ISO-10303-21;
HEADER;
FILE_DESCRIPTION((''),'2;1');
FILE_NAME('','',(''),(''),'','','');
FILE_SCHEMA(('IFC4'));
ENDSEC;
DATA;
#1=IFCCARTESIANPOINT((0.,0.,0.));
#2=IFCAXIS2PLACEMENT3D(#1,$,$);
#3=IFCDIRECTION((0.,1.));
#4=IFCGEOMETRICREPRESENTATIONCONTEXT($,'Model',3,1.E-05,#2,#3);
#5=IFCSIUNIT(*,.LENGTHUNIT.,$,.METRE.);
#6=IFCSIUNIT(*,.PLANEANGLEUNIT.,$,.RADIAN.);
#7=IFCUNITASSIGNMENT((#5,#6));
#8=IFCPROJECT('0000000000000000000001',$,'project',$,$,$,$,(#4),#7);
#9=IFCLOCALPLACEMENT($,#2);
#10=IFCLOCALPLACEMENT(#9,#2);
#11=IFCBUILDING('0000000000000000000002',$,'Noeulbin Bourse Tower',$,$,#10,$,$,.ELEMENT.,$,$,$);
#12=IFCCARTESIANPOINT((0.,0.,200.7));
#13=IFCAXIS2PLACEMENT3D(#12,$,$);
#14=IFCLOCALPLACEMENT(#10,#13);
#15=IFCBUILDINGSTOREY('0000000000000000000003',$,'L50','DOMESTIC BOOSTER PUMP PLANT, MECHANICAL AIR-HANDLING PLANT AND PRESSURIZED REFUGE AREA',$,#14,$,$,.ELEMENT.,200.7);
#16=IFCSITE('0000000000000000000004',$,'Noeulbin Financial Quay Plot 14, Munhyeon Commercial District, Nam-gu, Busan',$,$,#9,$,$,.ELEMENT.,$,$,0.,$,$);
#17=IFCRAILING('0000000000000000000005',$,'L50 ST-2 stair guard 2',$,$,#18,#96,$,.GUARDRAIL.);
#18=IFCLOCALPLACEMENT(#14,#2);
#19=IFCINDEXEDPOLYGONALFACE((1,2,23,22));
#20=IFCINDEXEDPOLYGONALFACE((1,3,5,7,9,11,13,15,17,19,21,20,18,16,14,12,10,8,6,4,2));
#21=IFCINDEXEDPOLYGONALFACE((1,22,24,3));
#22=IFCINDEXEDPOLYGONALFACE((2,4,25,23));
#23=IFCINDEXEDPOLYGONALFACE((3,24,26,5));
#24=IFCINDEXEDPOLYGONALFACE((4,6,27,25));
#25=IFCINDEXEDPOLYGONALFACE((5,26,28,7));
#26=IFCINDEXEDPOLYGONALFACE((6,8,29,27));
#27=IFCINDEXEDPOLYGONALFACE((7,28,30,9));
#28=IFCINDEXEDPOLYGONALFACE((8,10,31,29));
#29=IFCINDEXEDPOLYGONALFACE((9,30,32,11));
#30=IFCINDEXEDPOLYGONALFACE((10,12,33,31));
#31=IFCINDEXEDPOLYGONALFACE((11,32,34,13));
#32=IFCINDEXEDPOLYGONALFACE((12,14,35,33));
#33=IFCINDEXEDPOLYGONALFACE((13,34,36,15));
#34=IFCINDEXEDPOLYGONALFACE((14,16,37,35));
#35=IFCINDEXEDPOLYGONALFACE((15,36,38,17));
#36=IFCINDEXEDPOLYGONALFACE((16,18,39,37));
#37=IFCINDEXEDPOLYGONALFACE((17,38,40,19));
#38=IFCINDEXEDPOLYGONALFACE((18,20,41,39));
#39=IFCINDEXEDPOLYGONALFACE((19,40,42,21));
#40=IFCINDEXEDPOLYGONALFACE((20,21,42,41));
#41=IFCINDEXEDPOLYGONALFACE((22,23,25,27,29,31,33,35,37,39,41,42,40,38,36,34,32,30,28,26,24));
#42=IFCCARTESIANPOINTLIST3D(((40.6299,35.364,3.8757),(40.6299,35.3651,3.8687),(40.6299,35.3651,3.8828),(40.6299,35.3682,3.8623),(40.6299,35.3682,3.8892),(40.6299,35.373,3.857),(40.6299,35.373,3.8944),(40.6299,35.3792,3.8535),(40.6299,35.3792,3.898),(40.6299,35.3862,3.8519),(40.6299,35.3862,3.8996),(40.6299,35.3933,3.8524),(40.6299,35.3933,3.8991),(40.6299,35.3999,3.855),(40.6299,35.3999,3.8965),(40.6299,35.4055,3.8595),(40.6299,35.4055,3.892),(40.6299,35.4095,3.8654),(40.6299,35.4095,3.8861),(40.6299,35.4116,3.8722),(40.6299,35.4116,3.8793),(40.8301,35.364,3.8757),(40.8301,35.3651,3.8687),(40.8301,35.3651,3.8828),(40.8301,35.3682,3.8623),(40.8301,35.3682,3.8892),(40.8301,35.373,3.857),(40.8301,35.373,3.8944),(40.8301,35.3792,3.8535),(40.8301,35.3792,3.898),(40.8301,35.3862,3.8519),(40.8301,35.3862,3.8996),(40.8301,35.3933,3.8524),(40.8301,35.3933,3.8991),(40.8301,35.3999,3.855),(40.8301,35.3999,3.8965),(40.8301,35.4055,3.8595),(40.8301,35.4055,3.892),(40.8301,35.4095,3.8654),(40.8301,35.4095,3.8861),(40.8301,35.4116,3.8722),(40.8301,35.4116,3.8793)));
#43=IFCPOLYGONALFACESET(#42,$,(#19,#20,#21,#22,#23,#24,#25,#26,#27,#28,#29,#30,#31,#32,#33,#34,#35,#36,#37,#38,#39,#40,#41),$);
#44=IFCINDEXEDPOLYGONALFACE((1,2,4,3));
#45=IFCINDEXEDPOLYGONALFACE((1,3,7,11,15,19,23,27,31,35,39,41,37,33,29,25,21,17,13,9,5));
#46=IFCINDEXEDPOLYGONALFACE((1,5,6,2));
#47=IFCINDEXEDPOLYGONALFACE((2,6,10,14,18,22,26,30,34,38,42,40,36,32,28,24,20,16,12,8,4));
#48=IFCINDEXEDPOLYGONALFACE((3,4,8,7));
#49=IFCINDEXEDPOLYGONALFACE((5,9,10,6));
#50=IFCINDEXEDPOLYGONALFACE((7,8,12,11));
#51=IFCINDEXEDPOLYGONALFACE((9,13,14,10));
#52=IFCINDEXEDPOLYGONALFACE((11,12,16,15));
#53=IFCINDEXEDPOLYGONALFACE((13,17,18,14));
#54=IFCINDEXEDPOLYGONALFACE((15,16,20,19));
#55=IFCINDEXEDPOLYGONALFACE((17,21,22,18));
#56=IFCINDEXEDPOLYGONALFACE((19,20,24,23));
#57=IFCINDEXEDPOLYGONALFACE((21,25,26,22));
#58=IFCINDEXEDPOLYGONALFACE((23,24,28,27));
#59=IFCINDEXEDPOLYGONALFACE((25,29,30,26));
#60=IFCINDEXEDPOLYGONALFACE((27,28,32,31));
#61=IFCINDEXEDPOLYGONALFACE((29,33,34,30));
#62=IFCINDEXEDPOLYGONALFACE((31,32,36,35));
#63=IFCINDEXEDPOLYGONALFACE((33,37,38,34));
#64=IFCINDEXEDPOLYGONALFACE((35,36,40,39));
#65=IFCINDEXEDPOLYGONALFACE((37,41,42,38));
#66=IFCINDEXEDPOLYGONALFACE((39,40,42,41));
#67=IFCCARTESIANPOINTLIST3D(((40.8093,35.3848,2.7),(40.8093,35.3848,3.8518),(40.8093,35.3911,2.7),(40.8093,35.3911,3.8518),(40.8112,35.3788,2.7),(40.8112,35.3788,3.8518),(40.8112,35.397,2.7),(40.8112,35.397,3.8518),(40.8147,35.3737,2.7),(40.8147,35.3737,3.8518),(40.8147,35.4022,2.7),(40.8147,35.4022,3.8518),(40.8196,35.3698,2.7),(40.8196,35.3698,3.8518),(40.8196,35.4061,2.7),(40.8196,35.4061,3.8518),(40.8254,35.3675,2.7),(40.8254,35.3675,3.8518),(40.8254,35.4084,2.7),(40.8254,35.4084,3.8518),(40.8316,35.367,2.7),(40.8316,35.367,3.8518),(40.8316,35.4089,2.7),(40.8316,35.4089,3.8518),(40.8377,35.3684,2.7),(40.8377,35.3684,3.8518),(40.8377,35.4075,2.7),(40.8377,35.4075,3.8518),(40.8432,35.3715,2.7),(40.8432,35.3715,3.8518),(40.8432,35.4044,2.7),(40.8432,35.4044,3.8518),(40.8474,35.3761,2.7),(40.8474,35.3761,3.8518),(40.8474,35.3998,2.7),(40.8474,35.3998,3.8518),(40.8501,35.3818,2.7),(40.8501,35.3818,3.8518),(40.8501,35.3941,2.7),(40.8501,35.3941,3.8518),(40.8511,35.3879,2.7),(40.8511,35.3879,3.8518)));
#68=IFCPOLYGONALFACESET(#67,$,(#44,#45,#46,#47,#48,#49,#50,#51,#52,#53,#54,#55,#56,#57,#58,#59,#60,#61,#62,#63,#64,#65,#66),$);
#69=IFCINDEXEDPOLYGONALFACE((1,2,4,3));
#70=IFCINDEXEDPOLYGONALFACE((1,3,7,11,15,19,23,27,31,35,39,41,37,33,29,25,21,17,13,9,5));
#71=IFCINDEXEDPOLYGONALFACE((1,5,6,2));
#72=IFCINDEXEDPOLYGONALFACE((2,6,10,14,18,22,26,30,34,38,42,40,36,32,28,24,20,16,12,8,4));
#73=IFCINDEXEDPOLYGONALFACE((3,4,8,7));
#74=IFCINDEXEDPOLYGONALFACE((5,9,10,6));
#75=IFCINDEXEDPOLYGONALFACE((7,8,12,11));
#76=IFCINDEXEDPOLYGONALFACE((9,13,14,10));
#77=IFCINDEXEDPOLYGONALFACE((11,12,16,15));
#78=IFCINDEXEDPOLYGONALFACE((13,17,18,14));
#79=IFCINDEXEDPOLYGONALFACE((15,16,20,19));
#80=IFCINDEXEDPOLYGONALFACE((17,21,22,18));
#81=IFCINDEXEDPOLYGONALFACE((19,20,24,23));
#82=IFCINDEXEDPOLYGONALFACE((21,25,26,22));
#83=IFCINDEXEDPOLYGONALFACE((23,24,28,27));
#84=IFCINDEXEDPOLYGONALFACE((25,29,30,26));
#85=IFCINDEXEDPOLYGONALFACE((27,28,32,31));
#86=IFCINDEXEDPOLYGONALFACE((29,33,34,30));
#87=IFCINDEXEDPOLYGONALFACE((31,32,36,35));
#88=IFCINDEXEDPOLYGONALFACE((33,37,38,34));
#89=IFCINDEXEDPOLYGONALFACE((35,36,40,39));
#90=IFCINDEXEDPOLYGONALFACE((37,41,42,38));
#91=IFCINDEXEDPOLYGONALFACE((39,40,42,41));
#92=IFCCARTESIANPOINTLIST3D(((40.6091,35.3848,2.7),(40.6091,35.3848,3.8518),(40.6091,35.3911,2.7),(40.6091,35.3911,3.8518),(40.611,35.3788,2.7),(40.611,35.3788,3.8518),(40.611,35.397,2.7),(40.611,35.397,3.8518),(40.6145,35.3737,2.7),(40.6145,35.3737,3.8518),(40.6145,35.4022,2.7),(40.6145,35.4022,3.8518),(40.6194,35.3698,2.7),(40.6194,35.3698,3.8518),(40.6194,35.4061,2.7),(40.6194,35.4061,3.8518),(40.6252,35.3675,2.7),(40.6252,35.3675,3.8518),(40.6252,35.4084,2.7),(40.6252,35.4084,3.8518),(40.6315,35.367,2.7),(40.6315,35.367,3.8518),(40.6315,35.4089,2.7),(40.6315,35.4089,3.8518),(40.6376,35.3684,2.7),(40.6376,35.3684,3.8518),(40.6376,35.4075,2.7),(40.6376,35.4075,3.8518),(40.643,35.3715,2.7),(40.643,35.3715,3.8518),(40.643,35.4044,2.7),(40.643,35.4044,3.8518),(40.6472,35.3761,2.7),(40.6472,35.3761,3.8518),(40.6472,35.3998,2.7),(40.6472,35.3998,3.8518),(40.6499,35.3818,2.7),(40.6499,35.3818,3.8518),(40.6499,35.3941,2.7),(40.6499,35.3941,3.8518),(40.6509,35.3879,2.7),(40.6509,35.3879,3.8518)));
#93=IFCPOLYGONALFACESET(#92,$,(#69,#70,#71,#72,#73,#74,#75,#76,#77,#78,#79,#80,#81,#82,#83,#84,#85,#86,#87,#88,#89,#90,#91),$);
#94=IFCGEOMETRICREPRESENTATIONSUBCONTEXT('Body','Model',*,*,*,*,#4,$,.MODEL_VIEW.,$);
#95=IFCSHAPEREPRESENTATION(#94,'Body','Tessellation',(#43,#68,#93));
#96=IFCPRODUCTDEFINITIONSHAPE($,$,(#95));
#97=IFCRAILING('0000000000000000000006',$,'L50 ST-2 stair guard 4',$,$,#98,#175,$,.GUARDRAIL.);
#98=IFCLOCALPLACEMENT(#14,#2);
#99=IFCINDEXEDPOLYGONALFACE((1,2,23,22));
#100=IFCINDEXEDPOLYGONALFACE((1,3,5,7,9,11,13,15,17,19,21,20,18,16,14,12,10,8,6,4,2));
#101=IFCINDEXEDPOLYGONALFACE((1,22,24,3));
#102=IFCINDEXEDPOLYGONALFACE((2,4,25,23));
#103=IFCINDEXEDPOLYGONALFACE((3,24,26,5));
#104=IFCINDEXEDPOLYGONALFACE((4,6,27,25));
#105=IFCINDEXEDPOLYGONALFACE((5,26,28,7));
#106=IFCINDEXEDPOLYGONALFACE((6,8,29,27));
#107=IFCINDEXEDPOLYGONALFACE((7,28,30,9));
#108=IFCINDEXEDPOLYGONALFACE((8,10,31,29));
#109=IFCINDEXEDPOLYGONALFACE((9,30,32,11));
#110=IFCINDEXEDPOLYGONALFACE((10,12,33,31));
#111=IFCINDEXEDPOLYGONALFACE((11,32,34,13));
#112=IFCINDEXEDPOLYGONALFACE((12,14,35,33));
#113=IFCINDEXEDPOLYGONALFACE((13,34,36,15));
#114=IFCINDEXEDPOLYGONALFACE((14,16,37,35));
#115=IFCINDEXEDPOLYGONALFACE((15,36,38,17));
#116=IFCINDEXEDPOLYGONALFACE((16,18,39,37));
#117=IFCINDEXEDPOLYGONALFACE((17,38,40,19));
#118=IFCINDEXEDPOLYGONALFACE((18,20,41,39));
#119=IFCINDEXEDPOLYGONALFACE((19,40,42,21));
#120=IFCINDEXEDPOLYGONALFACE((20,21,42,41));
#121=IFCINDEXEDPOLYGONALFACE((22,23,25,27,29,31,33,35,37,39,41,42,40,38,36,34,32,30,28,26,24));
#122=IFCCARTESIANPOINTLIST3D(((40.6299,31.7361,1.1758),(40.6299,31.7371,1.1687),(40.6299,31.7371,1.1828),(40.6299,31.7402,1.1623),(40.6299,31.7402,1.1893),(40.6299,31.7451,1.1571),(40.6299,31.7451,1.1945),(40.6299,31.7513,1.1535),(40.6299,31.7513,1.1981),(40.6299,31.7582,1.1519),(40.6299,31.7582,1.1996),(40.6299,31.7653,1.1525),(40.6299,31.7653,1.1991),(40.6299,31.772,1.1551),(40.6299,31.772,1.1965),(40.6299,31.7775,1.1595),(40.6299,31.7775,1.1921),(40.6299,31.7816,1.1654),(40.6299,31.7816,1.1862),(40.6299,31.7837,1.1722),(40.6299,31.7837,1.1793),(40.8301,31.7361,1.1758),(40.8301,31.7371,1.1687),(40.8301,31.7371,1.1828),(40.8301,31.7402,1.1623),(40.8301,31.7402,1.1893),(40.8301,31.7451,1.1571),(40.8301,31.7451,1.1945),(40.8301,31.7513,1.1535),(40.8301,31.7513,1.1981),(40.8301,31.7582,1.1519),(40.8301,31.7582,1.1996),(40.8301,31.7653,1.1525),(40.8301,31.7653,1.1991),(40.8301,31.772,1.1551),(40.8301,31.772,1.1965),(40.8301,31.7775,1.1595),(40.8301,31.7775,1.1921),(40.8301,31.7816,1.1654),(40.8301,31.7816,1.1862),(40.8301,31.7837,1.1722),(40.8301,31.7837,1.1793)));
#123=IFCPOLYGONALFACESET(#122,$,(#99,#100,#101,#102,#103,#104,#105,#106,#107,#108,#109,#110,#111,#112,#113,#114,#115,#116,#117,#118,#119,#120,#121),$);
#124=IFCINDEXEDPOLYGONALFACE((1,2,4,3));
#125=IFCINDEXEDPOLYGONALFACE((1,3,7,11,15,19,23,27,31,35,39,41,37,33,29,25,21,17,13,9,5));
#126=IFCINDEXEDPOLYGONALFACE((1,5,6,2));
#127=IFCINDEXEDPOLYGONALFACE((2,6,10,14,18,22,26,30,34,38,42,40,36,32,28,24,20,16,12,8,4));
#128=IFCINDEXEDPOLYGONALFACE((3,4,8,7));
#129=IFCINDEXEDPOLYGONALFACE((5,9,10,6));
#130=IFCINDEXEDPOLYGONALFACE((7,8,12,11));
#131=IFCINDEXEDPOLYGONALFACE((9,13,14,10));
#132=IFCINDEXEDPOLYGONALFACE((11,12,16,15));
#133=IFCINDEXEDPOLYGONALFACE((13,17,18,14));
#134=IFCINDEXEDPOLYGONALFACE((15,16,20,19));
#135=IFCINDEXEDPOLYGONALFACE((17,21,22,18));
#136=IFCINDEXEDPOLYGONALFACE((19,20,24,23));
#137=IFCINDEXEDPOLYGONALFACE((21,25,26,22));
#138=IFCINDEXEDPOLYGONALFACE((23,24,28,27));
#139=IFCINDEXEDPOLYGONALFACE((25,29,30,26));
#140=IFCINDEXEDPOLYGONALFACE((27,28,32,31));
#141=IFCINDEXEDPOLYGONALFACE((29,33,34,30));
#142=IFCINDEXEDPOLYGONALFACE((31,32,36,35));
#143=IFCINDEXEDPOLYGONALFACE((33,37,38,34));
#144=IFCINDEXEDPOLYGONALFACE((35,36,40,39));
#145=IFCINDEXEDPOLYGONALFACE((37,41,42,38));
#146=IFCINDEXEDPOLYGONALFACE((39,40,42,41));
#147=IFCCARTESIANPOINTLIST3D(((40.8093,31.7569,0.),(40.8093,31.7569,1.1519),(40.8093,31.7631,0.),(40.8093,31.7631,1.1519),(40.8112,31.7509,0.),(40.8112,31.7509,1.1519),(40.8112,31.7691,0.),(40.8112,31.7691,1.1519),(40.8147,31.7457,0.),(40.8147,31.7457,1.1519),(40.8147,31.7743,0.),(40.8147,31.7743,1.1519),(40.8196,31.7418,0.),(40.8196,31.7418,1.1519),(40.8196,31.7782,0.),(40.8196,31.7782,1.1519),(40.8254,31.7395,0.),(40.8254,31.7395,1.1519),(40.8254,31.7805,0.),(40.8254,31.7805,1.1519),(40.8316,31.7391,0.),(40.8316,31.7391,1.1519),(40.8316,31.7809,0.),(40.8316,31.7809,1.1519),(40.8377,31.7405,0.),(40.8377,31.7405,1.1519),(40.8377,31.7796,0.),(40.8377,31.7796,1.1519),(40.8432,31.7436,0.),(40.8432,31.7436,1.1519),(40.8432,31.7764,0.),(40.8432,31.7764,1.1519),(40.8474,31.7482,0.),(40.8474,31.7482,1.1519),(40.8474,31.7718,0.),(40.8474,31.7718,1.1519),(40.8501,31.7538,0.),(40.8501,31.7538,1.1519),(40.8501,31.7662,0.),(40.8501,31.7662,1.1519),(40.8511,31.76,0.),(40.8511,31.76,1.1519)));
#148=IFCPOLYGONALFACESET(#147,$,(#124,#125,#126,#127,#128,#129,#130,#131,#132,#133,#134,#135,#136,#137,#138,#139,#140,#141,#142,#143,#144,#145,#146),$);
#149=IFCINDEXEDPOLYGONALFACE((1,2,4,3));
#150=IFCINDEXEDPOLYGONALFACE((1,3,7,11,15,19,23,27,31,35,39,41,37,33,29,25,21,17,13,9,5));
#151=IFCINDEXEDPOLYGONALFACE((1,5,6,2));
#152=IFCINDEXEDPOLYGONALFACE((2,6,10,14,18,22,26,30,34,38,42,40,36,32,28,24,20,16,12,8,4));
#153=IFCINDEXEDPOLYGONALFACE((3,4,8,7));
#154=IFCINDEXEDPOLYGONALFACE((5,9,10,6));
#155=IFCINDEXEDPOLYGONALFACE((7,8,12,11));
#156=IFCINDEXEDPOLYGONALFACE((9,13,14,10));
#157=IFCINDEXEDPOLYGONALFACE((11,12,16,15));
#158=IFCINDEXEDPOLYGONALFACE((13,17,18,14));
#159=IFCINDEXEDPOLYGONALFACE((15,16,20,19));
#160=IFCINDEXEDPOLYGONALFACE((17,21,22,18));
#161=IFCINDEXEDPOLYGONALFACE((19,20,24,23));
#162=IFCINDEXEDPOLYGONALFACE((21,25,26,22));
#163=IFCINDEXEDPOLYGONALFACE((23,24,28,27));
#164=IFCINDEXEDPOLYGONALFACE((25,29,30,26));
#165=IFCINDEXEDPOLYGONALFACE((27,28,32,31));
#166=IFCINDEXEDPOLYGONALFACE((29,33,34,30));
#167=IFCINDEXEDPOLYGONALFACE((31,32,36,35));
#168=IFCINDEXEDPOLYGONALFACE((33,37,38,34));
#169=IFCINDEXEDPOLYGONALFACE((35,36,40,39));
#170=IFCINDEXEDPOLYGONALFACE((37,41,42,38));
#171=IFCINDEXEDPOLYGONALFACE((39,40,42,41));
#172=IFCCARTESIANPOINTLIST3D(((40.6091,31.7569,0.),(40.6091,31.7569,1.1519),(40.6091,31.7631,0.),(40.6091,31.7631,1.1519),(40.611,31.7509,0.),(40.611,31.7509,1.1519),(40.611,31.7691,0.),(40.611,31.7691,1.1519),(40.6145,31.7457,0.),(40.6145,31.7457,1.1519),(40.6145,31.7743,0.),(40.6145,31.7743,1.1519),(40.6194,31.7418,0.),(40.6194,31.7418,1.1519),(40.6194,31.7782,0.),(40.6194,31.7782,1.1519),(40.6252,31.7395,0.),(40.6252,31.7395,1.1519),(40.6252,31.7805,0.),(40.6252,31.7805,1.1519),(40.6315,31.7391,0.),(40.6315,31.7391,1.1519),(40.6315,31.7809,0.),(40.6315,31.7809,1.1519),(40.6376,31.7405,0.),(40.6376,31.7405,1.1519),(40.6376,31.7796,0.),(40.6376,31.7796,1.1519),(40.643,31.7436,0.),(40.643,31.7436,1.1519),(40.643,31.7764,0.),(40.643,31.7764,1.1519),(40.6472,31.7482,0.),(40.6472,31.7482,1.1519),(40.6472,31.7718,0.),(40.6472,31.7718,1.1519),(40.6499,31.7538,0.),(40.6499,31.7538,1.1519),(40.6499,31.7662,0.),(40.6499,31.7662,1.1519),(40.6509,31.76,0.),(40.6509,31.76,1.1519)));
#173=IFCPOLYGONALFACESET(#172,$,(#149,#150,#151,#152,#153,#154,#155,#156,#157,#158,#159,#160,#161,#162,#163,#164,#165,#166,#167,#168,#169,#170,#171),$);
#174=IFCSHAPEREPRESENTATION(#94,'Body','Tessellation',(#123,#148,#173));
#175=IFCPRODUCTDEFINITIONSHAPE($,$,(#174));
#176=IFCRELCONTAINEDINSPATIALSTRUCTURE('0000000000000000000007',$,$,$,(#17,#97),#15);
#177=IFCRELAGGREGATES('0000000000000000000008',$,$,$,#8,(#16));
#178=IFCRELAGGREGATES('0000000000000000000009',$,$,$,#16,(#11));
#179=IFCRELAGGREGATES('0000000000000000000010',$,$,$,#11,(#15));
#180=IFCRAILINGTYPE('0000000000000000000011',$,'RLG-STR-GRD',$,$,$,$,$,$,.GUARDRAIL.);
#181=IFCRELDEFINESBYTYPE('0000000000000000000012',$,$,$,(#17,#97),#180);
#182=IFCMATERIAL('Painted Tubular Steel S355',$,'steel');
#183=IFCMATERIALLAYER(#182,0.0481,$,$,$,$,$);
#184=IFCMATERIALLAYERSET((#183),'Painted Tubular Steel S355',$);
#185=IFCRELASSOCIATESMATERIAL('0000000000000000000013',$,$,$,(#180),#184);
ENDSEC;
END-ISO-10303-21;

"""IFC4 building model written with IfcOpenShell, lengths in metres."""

from ifc_helpers import new_model, si_unit, direction, frame, origin, origin_2d, place, context, subcontext, project, spatial, circle, extrude, material, layer, layer_set, type_object, element, save


model = new_model("IFC4")

# Units and contexts
model_context = context("Model", 3, precision=1e-05, world=origin(), true_north=direction((0.0, 1.0)))
body_context = subcontext(model_context, "Body", "Model", "MODEL_VIEW")
ifc_project = project(units=[si_unit("LENGTHUNIT", "METRE"), si_unit("PLANEANGLEUNIT", "RADIAN")], contexts=[model_context])

# Site, building, storey
site_placement = place(None, origin())
site = spatial("IfcSite", under=ifc_project, at=site_placement, Name="Noeulbin Financial Quay Plot 14, Munhyeon Commercial District, Nam-gu, Busan", CompositionType="ELEMENT", RefElevation=0.0)
building_placement = place(site_placement, origin())
building = spatial("IfcBuilding", under=site, at=building_placement, Name="Noeulbin Bourse Tower", CompositionType="ELEMENT")
storey_placement = place(building_placement, frame((0.0, 0.0, 200.7)))
storey = spatial("IfcBuildingStorey", under=building, at=storey_placement, Name="L50", Description="DOMESTIC BOOSTER PUMP PLANT, MECHANICAL AIR-HANDLING PLANT AND PRESSURIZED REFUGE AREA", CompositionType="ELEMENT", Elevation=200.7)

# Railings
ifc_material_1 = material(Name="Painted Tubular Steel S355", Category="steel")
ifc_layer_1 = layer(ifc_material_1, 0.0481)
ifc_layer_set_1 = layer_set([ifc_layer_1], Name="Painted Tubular Steel S355")
railing_type_1 = type_object("IfcRailingType", Name="RLG-STR-GRD", PredefinedType="GUARDRAIL", material=ifc_layer_set_1)
for number, where, name in (
    (1, (40.8301, 35.3879, 2.7), "L50 ST-2 stair guard 2"),
    (2, (40.8301, 31.76, 0.0), "L50 ST-2 stair guard 4"),
):
    element("IfcRailing", number, at=place(storey_placement, frame(where)), inside=storey, type_object=railing_type_1, Name=name, PredefinedType="GUARDRAIL", context=body_context, shape_type="SweptSolid", body=[
        extrude(circle(Radius=0.0239, at=origin_2d()), frame((0.0, 0.0, 1.1758), z_axis=(-1.0, 0.0, 0.0), x_axis=(0.0, -1.0, 0.0)), (0.0, 0.0, 1.0), 0.2002),
        extrude(circle(Radius=0.021, at=origin_2d()), origin(), (0.0, 0.0, 1.0), 1.1519),
        extrude(circle(Radius=0.021, at=origin_2d()), frame((-0.2002, 0.0, 0.0)), (0.0, 0.0, 1.0), 1.1519),
    ])

save(model, "model.ifc")
